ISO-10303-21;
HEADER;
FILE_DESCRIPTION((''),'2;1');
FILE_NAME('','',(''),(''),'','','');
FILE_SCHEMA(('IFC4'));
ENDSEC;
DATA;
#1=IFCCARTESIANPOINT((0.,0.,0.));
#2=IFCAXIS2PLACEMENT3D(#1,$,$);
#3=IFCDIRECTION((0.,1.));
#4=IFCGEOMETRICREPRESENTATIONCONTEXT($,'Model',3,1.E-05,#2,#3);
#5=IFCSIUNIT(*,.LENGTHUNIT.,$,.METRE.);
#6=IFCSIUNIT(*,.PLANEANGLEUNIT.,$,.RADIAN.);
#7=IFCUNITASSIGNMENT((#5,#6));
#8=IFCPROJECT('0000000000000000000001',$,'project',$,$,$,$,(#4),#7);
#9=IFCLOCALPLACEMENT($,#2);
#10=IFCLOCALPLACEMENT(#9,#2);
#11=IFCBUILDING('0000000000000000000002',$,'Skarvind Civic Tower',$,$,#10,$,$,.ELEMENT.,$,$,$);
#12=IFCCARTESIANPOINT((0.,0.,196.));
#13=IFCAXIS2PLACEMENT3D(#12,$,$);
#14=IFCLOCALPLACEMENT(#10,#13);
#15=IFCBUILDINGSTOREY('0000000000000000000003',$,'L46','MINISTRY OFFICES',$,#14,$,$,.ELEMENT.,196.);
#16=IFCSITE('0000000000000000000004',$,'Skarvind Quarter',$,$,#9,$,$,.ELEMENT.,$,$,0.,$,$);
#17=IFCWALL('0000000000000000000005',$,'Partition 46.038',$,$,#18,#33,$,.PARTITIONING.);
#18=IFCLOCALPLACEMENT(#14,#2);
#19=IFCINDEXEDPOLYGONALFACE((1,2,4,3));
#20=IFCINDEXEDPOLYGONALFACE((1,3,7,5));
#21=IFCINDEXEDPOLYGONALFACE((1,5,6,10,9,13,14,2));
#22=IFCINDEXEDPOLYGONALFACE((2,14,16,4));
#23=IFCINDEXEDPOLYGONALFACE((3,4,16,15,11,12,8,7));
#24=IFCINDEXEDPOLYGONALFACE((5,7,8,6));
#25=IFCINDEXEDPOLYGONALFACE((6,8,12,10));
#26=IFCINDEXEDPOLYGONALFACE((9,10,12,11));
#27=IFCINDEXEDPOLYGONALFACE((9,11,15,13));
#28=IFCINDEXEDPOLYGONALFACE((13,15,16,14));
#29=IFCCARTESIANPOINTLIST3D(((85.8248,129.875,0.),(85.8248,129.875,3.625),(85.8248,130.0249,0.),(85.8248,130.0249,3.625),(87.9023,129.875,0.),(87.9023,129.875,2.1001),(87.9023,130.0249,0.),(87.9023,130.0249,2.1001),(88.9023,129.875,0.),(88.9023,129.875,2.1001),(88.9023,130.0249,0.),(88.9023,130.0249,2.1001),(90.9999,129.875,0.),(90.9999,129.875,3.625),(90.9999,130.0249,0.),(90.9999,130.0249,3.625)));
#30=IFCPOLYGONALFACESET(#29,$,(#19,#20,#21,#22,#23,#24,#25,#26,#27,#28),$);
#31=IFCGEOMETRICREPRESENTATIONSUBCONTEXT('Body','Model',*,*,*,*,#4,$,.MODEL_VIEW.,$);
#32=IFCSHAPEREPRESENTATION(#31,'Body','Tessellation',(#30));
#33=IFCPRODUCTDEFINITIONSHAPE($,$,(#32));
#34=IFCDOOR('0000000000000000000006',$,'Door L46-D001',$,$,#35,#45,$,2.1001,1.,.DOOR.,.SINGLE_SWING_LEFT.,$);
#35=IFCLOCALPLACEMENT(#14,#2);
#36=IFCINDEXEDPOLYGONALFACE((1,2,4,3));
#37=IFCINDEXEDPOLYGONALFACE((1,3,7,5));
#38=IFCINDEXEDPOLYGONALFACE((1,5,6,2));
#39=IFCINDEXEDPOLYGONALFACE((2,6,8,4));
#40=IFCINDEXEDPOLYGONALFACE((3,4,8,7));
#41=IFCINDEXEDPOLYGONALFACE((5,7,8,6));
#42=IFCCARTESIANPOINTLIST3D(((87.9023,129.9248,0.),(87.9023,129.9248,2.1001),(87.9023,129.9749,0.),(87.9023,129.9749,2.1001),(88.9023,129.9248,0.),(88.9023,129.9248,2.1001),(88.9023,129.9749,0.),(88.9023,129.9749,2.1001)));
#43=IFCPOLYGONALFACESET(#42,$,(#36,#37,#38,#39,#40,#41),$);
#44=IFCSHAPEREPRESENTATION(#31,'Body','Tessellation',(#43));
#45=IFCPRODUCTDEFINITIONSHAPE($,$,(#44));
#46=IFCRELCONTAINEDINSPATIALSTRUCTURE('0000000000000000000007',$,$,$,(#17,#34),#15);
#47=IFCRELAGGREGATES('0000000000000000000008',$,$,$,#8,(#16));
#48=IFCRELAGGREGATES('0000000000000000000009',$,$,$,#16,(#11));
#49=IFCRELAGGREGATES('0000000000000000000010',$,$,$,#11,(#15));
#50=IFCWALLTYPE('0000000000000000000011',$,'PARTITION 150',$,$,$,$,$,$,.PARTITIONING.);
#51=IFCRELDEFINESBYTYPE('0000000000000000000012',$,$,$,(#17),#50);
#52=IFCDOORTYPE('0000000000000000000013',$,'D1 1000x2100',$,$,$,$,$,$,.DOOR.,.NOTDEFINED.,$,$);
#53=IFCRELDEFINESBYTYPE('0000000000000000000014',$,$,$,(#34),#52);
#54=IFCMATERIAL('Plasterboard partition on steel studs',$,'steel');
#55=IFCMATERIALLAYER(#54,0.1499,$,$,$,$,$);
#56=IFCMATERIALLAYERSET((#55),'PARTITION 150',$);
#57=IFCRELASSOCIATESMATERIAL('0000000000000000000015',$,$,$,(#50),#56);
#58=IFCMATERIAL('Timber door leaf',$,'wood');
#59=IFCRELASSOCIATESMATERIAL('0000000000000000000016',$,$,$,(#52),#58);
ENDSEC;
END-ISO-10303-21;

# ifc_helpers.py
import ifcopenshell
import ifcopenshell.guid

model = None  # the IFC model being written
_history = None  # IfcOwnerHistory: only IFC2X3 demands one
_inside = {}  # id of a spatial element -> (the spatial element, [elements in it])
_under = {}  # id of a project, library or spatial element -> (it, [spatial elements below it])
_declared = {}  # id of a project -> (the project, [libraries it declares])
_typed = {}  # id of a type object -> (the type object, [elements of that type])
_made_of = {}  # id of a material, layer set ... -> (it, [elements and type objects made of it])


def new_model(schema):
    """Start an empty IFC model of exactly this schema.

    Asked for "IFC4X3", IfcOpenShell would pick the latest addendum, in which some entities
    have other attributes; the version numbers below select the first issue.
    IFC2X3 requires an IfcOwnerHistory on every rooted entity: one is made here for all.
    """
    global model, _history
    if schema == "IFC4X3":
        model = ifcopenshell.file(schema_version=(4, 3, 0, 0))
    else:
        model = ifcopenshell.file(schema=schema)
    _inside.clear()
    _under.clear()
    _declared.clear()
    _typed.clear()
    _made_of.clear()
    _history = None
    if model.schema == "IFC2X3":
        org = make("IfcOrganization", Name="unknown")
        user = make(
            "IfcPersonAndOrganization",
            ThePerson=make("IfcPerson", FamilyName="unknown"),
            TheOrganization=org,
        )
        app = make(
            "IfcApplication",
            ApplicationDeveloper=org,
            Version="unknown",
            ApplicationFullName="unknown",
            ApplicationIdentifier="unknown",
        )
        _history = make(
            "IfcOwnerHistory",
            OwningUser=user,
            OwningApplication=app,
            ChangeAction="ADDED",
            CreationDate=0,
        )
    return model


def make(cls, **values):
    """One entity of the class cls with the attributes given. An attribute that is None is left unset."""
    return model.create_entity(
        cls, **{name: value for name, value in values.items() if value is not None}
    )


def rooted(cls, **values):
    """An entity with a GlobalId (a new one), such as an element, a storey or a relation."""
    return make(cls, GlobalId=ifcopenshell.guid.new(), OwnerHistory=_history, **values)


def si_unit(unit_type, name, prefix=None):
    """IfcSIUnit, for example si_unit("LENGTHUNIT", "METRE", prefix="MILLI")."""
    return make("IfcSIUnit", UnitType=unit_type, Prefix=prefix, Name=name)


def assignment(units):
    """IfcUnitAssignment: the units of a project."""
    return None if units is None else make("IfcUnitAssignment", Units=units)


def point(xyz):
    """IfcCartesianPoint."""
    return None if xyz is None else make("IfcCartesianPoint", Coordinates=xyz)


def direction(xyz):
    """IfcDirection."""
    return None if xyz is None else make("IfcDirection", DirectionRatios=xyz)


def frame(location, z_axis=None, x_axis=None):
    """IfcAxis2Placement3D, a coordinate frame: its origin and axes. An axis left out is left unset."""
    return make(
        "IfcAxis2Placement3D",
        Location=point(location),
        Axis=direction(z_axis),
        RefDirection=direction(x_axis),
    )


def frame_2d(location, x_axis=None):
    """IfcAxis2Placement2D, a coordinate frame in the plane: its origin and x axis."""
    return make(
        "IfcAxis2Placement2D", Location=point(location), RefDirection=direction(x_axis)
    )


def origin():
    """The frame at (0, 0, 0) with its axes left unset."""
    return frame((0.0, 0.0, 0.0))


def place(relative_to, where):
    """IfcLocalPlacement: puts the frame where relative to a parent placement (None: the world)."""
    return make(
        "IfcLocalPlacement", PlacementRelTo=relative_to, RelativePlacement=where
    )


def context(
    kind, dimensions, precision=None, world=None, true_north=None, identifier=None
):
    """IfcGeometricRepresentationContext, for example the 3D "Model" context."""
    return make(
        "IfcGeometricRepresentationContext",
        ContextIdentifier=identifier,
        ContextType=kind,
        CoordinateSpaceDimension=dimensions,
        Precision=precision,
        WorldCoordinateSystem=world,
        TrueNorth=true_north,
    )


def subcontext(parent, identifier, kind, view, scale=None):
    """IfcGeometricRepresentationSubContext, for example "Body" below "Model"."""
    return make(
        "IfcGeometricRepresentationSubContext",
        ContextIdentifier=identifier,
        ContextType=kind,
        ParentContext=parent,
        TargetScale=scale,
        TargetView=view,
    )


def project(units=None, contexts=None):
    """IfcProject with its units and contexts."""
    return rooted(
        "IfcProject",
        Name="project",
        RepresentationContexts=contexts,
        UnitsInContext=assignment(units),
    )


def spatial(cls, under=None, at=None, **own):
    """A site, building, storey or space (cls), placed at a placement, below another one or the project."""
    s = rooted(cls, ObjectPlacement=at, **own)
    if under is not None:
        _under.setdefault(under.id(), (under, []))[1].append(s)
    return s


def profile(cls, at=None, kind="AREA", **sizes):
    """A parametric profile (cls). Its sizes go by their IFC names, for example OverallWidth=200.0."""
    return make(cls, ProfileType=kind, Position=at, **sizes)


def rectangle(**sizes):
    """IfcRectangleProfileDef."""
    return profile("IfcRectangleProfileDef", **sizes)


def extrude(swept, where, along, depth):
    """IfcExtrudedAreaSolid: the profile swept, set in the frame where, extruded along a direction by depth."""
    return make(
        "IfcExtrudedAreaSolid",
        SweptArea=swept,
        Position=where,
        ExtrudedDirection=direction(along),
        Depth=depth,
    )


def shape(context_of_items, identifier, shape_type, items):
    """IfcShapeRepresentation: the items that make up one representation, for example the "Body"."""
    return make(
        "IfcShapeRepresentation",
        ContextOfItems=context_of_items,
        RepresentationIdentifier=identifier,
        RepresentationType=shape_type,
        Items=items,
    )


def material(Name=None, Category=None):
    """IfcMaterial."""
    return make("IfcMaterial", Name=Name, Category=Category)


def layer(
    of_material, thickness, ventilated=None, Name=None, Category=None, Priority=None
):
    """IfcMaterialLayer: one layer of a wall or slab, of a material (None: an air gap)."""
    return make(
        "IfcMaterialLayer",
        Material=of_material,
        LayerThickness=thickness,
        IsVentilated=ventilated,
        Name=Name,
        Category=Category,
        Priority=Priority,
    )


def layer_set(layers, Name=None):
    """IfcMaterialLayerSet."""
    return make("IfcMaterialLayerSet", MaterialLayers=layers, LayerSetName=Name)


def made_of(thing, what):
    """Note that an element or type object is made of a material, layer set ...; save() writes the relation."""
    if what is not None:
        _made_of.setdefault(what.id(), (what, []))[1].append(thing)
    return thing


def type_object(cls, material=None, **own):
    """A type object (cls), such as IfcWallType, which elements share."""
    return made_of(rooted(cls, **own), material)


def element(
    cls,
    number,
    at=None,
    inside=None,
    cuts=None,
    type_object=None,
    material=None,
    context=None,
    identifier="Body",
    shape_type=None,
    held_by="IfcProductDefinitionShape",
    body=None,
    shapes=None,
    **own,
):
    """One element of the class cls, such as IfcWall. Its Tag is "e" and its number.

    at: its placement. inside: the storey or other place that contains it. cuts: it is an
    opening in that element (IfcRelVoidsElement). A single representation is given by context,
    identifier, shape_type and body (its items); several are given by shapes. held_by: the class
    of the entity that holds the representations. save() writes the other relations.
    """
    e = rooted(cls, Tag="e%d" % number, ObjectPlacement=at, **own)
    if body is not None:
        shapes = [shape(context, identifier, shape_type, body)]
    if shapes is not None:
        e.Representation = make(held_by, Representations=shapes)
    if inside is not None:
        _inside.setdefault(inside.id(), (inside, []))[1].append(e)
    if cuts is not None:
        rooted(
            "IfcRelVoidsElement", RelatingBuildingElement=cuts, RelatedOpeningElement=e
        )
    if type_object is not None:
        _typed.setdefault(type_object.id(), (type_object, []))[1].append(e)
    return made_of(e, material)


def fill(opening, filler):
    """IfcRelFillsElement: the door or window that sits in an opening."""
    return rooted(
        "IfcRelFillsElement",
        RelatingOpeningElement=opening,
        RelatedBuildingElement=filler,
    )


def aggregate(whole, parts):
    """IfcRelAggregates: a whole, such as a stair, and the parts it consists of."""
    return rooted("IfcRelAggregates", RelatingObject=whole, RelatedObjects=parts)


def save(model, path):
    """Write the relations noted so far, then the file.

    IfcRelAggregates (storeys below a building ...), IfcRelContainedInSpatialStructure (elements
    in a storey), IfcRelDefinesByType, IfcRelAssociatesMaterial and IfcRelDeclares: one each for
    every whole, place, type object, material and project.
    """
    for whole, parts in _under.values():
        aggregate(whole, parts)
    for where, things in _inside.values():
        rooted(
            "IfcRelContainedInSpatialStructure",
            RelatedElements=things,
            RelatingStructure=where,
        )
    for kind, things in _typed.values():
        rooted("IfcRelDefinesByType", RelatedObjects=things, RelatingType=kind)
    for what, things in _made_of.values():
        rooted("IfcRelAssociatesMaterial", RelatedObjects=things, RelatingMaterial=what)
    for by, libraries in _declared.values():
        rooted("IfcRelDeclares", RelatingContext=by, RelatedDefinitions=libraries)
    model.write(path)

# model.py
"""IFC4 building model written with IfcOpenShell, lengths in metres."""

from ifc_helpers import new_model, si_unit, direction, frame, frame_2d, origin, place, context, subcontext, project, spatial, rectangle, extrude, material, layer, layer_set, type_object, element, fill, save


model = new_model("IFC4")

# Units and contexts
model_context = context("Model", 3, precision=1e-05, world=origin(), true_north=direction((0.0, 1.0)))
body_context = subcontext(model_context, "Body", "Model", "MODEL_VIEW")
ifc_project = project(units=[si_unit("LENGTHUNIT", "METRE"), si_unit("PLANEANGLEUNIT", "RADIAN")], contexts=[model_context])

# Site, building, storey
site_placement = place(None, origin())
site = spatial("IfcSite", under=ifc_project, at=site_placement, Name="Skarvind Quarter", CompositionType="ELEMENT", RefElevation=0.0)
building_placement = place(site_placement, origin())
building = spatial("IfcBuilding", under=site, at=building_placement, Name="Skarvind Civic Tower", CompositionType="ELEMENT")
storey_placement = place(building_placement, frame((0.0, 0.0, 196.0)))
storey = spatial("IfcBuildingStorey", under=building, at=storey_placement, Name="L46", Description="MINISTRY OFFICES", CompositionType="ELEMENT", Elevation=196.0)

# Shared definitions
ifc_material_1 = material(Name="Plasterboard partition on steel studs", Category="steel")
ifc_layer_1 = layer(ifc_material_1, 0.1499)
ifc_layer_set_1 = layer_set([ifc_layer_1], Name="PARTITION 150")
wall_type_1 = type_object("IfcWallType", Name="PARTITION 150", PredefinedType="PARTITIONING", material=ifc_layer_set_1)
ifc_material_2 = material(Name="Timber door leaf", Category="wood")
door_type = type_object("IfcDoorType", Name="D1 1000x2100", OperationType="NOTDEFINED", PredefinedType="DOOR", material=ifc_material_2)

# Wall, opening, door
wall_1_placement = place(storey_placement, frame((85.825, 129.95, 0.0), z_axis=(0.0, 0.0, 1.0), x_axis=(1.0, 0.0, 0.0)))
wall_1 = element("IfcWall", 1, at=wall_1_placement, inside=storey, type_object=wall_type_1, Name="Partition 46.038", PredefinedType="PARTITIONING", context=body_context, shape_type="SweptSolid", body=[
    extrude(rectangle(XDim=5.175, YDim=0.1499, at=frame_2d((2.5874, 0.0))), origin(), (0.0, 0.0, 1.0), 3.625),
])
opening_1_placement = place(wall_1_placement, frame((2.0774, 0.0, 0.0)))
opening_1 = element("IfcOpeningElement", 2, at=opening_1_placement, cuts=wall_1, PredefinedType="OPENING", context=body_context, shape_type="SweptSolid", body=[
    extrude(rectangle(XDim=1.0, YDim=2.1001, at=frame_2d((0.5, 1.05))), frame((0.0, 0.085, 0.0), z_axis=(0.0, -1.0, 0.0), x_axis=(1.0, 0.0, 0.0)), (0.0, 0.0, 1.0), 0.1699),
])
door_1_placement = place(opening_1_placement, origin())
door_1 = element("IfcDoor", 3, at=door_1_placement, inside=storey, type_object=door_type, Name="Door L46-D001", OperationType="SINGLE_SWING_LEFT", OverallHeight=2.1001, OverallWidth=1.0, PredefinedType="DOOR", context=body_context, shape_type="SweptSolid", body=[
    extrude(rectangle(XDim=1.0, YDim=2.1001, at=frame_2d((0.5, 1.05))), frame((0.0, 0.0249, 0.0), z_axis=(0.0, -1.0, 0.0), x_axis=(1.0, 0.0, 0.0)), (0.0, 0.0, 1.0), 0.05),
])
fill(opening_1, door_1)

save(model, "model.ifc")
